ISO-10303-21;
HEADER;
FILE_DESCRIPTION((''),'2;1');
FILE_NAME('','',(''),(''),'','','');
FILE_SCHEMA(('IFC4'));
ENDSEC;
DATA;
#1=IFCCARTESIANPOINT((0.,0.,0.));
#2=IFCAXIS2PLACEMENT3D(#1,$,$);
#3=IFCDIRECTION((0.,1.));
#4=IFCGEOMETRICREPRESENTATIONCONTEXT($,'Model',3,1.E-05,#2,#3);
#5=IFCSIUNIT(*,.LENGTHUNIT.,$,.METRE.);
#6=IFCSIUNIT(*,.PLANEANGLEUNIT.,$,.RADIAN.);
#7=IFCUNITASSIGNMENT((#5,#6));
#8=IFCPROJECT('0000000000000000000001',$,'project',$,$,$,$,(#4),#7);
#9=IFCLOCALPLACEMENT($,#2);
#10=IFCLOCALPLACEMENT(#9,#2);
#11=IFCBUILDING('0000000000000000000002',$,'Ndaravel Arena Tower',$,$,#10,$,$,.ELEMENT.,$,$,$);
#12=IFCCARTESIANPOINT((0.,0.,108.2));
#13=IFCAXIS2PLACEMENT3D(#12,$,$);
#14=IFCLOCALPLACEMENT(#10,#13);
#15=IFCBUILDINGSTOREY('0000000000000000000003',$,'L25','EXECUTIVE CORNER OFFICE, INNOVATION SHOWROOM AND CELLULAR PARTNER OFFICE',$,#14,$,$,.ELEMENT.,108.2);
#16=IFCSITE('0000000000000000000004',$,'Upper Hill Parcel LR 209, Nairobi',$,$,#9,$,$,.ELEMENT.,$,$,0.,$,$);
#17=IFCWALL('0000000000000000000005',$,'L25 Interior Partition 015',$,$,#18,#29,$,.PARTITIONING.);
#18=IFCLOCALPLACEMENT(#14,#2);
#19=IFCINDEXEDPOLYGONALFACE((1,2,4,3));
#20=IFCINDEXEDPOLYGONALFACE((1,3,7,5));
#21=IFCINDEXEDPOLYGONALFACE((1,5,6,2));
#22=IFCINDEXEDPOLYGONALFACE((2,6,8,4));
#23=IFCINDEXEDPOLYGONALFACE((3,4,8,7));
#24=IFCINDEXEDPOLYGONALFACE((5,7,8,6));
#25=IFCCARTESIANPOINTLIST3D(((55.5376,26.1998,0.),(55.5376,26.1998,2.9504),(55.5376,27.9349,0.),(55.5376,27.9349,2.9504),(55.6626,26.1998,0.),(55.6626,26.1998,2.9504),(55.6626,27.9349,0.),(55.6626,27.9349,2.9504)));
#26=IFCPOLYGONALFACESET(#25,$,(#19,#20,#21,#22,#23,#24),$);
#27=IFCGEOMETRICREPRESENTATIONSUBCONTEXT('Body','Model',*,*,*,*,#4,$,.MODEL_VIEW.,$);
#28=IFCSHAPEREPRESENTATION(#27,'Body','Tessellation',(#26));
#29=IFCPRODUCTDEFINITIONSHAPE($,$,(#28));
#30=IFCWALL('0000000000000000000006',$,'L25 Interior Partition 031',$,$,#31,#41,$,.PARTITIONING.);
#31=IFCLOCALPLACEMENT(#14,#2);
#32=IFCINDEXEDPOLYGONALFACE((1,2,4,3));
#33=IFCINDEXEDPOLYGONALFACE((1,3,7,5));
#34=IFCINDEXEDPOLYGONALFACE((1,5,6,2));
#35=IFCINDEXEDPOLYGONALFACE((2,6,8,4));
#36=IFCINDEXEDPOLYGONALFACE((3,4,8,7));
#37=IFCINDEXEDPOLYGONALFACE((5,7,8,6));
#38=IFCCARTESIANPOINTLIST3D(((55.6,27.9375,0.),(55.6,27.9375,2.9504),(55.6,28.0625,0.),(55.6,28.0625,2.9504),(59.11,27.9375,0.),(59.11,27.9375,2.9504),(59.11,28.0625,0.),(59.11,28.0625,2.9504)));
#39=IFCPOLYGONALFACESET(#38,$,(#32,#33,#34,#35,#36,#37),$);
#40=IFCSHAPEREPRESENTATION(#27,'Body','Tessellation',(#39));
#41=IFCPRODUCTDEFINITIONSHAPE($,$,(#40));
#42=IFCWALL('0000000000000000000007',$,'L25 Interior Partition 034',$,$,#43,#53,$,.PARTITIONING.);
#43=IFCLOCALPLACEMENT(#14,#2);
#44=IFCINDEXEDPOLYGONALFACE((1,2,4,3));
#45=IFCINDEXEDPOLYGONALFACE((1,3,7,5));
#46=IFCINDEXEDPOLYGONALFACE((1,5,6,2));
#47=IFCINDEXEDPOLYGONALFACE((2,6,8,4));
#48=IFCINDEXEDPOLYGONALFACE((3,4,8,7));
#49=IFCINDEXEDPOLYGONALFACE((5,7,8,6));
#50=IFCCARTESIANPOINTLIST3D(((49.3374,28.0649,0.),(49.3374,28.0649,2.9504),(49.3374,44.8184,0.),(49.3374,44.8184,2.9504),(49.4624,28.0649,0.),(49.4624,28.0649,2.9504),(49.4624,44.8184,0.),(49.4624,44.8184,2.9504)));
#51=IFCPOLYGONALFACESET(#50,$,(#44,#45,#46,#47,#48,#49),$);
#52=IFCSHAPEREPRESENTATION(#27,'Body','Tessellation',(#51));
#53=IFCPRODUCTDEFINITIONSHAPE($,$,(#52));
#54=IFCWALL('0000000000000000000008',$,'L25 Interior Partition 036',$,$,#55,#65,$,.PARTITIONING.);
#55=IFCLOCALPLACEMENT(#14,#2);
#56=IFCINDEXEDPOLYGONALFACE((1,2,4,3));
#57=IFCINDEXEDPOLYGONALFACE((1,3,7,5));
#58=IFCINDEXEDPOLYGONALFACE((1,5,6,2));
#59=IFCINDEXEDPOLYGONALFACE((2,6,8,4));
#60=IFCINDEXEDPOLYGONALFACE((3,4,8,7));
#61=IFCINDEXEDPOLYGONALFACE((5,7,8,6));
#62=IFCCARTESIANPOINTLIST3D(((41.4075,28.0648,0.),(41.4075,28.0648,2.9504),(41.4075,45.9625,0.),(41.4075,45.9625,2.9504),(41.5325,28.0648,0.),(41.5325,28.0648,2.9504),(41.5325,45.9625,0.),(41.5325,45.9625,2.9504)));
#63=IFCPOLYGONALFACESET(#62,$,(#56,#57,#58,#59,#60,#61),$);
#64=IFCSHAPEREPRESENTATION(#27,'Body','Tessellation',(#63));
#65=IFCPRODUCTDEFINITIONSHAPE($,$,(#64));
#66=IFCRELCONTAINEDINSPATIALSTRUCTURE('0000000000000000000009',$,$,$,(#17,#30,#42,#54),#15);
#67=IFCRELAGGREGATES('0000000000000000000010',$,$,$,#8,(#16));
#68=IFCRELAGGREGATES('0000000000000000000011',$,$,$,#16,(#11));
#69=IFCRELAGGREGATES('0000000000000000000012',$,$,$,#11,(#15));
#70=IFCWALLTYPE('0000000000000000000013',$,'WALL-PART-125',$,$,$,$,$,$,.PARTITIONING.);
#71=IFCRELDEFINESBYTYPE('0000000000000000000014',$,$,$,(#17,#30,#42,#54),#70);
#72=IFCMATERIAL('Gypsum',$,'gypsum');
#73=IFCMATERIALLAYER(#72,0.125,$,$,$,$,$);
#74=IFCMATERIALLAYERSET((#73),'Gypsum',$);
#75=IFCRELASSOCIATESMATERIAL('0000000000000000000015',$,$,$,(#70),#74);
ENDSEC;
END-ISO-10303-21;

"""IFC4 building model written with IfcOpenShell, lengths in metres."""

from ifc_helpers import new_model, si_unit, direction, frame, frame_2d, origin, place, context, subcontext, project, spatial, rectangle, extrude, material, layer, layer_set, type_object, element, save


model = new_model("IFC4")

# Units and contexts
model_context = context("Model", 3, precision=1e-05, world=origin(), true_north=direction((0.0, 1.0)))
body_context = subcontext(model_context, "Body", "Model", "MODEL_VIEW")
ifc_project = project(units=[si_unit("LENGTHUNIT", "METRE"), si_unit("PLANEANGLEUNIT", "RADIAN")], contexts=[model_context])

# Site, building, storey
site_placement = place(None, origin())
site = spatial("IfcSite", under=ifc_project, at=site_placement, Name="Upper Hill Parcel LR 209, Nairobi", CompositionType="ELEMENT", RefElevation=0.0)
building_placement = place(site_placement, origin())
building = spatial("IfcBuilding", under=site, at=building_placement, Name="Ndaravel Arena Tower", CompositionType="ELEMENT")
storey_placement = place(building_placement, frame((0.0, 0.0, 108.2)))
storey = spatial("IfcBuildingStorey", under=building, at=storey_placement, Name="L25", Description="EXECUTIVE CORNER OFFICE, INNOVATION SHOWROOM AND CELLULAR PARTNER OFFICE", CompositionType="ELEMENT", Elevation=108.2)

# Shared definitions
ifc_material_1 = material(Name="Gypsum", Category="gypsum")
ifc_layer_1 = layer(ifc_material_1, 0.125)
ifc_layer_set_1 = layer_set([ifc_layer_1], Name="Gypsum")
wall_type = type_object("IfcWallType", Name="WALL-PART-125", PredefinedType="PARTITIONING", material=ifc_layer_set_1)

# Walls
wall_1_placement = place(storey_placement, frame((55.6001, 27.9351, 0.0), z_axis=(0.0, 0.0, 1.0), x_axis=(0.0, -1.0, 0.0)))
element("IfcWall", 1, at=wall_1_placement, inside=storey, type_object=wall_type, Name="L25 Interior Partition 015", PredefinedType="PARTITIONING", context=body_context, shape_type="SweptSolid", body=[
    extrude(rectangle(XDim=1.7351, YDim=0.125, at=frame_2d((0.8677, 0.0))), origin(), (0.0, 0.0, 1.0), 2.9504),
])
wall_2_placement = place(storey_placement, frame((55.6001, 28.0, 0.0), z_axis=(0.0, 0.0, 1.0), x_axis=(1.0, 0.0, 0.0)))
element("IfcWall", 2, at=wall_2_placement, inside=storey, type_object=wall_type, Name="L25 Interior Partition 031", PredefinedType="PARTITIONING", context=body_context, shape_type="SweptSolid", body=[
    extrude(rectangle(XDim=3.51, YDim=0.125, at=frame_2d((1.7549, 0.0))), origin(), (0.0, 0.0, 1.0), 2.9504),
])
wall_3_placement = place(storey_placement, frame((49.3999, 28.0649, 0.0), z_axis=(0.0, 0.0, 1.0), x_axis=(0.0, 1.0, 0.0)))
element("IfcWall", 3, at=wall_3_placement, inside=storey, type_object=wall_type, Name="L25 Interior Partition 034", PredefinedType="PARTITIONING", context=body_context, shape_type="SweptSolid", body=[
    extrude(rectangle(XDim=16.7534, YDim=0.125, at=frame_2d((8.3767, 0.0))), origin(), (0.0, 0.0, 1.0), 2.9504),
])
wall_4_placement = place(storey_placement, frame((41.47, 28.0649, 0.0), z_axis=(0.0, 0.0, 1.0), x_axis=(0.0, 1.0, 0.0)))
element("IfcWall", 4, at=wall_4_placement, inside=storey, type_object=wall_type, Name="L25 Interior Partition 036", PredefinedType="PARTITIONING", context=body_context, shape_type="SweptSolid", body=[
    extrude(rectangle(XDim=17.8977, YDim=0.125, at=frame_2d((8.9487, 0.0))), origin(), (0.0, 0.0, 1.0), 2.9504),
])

save(model, "model.ifc")
